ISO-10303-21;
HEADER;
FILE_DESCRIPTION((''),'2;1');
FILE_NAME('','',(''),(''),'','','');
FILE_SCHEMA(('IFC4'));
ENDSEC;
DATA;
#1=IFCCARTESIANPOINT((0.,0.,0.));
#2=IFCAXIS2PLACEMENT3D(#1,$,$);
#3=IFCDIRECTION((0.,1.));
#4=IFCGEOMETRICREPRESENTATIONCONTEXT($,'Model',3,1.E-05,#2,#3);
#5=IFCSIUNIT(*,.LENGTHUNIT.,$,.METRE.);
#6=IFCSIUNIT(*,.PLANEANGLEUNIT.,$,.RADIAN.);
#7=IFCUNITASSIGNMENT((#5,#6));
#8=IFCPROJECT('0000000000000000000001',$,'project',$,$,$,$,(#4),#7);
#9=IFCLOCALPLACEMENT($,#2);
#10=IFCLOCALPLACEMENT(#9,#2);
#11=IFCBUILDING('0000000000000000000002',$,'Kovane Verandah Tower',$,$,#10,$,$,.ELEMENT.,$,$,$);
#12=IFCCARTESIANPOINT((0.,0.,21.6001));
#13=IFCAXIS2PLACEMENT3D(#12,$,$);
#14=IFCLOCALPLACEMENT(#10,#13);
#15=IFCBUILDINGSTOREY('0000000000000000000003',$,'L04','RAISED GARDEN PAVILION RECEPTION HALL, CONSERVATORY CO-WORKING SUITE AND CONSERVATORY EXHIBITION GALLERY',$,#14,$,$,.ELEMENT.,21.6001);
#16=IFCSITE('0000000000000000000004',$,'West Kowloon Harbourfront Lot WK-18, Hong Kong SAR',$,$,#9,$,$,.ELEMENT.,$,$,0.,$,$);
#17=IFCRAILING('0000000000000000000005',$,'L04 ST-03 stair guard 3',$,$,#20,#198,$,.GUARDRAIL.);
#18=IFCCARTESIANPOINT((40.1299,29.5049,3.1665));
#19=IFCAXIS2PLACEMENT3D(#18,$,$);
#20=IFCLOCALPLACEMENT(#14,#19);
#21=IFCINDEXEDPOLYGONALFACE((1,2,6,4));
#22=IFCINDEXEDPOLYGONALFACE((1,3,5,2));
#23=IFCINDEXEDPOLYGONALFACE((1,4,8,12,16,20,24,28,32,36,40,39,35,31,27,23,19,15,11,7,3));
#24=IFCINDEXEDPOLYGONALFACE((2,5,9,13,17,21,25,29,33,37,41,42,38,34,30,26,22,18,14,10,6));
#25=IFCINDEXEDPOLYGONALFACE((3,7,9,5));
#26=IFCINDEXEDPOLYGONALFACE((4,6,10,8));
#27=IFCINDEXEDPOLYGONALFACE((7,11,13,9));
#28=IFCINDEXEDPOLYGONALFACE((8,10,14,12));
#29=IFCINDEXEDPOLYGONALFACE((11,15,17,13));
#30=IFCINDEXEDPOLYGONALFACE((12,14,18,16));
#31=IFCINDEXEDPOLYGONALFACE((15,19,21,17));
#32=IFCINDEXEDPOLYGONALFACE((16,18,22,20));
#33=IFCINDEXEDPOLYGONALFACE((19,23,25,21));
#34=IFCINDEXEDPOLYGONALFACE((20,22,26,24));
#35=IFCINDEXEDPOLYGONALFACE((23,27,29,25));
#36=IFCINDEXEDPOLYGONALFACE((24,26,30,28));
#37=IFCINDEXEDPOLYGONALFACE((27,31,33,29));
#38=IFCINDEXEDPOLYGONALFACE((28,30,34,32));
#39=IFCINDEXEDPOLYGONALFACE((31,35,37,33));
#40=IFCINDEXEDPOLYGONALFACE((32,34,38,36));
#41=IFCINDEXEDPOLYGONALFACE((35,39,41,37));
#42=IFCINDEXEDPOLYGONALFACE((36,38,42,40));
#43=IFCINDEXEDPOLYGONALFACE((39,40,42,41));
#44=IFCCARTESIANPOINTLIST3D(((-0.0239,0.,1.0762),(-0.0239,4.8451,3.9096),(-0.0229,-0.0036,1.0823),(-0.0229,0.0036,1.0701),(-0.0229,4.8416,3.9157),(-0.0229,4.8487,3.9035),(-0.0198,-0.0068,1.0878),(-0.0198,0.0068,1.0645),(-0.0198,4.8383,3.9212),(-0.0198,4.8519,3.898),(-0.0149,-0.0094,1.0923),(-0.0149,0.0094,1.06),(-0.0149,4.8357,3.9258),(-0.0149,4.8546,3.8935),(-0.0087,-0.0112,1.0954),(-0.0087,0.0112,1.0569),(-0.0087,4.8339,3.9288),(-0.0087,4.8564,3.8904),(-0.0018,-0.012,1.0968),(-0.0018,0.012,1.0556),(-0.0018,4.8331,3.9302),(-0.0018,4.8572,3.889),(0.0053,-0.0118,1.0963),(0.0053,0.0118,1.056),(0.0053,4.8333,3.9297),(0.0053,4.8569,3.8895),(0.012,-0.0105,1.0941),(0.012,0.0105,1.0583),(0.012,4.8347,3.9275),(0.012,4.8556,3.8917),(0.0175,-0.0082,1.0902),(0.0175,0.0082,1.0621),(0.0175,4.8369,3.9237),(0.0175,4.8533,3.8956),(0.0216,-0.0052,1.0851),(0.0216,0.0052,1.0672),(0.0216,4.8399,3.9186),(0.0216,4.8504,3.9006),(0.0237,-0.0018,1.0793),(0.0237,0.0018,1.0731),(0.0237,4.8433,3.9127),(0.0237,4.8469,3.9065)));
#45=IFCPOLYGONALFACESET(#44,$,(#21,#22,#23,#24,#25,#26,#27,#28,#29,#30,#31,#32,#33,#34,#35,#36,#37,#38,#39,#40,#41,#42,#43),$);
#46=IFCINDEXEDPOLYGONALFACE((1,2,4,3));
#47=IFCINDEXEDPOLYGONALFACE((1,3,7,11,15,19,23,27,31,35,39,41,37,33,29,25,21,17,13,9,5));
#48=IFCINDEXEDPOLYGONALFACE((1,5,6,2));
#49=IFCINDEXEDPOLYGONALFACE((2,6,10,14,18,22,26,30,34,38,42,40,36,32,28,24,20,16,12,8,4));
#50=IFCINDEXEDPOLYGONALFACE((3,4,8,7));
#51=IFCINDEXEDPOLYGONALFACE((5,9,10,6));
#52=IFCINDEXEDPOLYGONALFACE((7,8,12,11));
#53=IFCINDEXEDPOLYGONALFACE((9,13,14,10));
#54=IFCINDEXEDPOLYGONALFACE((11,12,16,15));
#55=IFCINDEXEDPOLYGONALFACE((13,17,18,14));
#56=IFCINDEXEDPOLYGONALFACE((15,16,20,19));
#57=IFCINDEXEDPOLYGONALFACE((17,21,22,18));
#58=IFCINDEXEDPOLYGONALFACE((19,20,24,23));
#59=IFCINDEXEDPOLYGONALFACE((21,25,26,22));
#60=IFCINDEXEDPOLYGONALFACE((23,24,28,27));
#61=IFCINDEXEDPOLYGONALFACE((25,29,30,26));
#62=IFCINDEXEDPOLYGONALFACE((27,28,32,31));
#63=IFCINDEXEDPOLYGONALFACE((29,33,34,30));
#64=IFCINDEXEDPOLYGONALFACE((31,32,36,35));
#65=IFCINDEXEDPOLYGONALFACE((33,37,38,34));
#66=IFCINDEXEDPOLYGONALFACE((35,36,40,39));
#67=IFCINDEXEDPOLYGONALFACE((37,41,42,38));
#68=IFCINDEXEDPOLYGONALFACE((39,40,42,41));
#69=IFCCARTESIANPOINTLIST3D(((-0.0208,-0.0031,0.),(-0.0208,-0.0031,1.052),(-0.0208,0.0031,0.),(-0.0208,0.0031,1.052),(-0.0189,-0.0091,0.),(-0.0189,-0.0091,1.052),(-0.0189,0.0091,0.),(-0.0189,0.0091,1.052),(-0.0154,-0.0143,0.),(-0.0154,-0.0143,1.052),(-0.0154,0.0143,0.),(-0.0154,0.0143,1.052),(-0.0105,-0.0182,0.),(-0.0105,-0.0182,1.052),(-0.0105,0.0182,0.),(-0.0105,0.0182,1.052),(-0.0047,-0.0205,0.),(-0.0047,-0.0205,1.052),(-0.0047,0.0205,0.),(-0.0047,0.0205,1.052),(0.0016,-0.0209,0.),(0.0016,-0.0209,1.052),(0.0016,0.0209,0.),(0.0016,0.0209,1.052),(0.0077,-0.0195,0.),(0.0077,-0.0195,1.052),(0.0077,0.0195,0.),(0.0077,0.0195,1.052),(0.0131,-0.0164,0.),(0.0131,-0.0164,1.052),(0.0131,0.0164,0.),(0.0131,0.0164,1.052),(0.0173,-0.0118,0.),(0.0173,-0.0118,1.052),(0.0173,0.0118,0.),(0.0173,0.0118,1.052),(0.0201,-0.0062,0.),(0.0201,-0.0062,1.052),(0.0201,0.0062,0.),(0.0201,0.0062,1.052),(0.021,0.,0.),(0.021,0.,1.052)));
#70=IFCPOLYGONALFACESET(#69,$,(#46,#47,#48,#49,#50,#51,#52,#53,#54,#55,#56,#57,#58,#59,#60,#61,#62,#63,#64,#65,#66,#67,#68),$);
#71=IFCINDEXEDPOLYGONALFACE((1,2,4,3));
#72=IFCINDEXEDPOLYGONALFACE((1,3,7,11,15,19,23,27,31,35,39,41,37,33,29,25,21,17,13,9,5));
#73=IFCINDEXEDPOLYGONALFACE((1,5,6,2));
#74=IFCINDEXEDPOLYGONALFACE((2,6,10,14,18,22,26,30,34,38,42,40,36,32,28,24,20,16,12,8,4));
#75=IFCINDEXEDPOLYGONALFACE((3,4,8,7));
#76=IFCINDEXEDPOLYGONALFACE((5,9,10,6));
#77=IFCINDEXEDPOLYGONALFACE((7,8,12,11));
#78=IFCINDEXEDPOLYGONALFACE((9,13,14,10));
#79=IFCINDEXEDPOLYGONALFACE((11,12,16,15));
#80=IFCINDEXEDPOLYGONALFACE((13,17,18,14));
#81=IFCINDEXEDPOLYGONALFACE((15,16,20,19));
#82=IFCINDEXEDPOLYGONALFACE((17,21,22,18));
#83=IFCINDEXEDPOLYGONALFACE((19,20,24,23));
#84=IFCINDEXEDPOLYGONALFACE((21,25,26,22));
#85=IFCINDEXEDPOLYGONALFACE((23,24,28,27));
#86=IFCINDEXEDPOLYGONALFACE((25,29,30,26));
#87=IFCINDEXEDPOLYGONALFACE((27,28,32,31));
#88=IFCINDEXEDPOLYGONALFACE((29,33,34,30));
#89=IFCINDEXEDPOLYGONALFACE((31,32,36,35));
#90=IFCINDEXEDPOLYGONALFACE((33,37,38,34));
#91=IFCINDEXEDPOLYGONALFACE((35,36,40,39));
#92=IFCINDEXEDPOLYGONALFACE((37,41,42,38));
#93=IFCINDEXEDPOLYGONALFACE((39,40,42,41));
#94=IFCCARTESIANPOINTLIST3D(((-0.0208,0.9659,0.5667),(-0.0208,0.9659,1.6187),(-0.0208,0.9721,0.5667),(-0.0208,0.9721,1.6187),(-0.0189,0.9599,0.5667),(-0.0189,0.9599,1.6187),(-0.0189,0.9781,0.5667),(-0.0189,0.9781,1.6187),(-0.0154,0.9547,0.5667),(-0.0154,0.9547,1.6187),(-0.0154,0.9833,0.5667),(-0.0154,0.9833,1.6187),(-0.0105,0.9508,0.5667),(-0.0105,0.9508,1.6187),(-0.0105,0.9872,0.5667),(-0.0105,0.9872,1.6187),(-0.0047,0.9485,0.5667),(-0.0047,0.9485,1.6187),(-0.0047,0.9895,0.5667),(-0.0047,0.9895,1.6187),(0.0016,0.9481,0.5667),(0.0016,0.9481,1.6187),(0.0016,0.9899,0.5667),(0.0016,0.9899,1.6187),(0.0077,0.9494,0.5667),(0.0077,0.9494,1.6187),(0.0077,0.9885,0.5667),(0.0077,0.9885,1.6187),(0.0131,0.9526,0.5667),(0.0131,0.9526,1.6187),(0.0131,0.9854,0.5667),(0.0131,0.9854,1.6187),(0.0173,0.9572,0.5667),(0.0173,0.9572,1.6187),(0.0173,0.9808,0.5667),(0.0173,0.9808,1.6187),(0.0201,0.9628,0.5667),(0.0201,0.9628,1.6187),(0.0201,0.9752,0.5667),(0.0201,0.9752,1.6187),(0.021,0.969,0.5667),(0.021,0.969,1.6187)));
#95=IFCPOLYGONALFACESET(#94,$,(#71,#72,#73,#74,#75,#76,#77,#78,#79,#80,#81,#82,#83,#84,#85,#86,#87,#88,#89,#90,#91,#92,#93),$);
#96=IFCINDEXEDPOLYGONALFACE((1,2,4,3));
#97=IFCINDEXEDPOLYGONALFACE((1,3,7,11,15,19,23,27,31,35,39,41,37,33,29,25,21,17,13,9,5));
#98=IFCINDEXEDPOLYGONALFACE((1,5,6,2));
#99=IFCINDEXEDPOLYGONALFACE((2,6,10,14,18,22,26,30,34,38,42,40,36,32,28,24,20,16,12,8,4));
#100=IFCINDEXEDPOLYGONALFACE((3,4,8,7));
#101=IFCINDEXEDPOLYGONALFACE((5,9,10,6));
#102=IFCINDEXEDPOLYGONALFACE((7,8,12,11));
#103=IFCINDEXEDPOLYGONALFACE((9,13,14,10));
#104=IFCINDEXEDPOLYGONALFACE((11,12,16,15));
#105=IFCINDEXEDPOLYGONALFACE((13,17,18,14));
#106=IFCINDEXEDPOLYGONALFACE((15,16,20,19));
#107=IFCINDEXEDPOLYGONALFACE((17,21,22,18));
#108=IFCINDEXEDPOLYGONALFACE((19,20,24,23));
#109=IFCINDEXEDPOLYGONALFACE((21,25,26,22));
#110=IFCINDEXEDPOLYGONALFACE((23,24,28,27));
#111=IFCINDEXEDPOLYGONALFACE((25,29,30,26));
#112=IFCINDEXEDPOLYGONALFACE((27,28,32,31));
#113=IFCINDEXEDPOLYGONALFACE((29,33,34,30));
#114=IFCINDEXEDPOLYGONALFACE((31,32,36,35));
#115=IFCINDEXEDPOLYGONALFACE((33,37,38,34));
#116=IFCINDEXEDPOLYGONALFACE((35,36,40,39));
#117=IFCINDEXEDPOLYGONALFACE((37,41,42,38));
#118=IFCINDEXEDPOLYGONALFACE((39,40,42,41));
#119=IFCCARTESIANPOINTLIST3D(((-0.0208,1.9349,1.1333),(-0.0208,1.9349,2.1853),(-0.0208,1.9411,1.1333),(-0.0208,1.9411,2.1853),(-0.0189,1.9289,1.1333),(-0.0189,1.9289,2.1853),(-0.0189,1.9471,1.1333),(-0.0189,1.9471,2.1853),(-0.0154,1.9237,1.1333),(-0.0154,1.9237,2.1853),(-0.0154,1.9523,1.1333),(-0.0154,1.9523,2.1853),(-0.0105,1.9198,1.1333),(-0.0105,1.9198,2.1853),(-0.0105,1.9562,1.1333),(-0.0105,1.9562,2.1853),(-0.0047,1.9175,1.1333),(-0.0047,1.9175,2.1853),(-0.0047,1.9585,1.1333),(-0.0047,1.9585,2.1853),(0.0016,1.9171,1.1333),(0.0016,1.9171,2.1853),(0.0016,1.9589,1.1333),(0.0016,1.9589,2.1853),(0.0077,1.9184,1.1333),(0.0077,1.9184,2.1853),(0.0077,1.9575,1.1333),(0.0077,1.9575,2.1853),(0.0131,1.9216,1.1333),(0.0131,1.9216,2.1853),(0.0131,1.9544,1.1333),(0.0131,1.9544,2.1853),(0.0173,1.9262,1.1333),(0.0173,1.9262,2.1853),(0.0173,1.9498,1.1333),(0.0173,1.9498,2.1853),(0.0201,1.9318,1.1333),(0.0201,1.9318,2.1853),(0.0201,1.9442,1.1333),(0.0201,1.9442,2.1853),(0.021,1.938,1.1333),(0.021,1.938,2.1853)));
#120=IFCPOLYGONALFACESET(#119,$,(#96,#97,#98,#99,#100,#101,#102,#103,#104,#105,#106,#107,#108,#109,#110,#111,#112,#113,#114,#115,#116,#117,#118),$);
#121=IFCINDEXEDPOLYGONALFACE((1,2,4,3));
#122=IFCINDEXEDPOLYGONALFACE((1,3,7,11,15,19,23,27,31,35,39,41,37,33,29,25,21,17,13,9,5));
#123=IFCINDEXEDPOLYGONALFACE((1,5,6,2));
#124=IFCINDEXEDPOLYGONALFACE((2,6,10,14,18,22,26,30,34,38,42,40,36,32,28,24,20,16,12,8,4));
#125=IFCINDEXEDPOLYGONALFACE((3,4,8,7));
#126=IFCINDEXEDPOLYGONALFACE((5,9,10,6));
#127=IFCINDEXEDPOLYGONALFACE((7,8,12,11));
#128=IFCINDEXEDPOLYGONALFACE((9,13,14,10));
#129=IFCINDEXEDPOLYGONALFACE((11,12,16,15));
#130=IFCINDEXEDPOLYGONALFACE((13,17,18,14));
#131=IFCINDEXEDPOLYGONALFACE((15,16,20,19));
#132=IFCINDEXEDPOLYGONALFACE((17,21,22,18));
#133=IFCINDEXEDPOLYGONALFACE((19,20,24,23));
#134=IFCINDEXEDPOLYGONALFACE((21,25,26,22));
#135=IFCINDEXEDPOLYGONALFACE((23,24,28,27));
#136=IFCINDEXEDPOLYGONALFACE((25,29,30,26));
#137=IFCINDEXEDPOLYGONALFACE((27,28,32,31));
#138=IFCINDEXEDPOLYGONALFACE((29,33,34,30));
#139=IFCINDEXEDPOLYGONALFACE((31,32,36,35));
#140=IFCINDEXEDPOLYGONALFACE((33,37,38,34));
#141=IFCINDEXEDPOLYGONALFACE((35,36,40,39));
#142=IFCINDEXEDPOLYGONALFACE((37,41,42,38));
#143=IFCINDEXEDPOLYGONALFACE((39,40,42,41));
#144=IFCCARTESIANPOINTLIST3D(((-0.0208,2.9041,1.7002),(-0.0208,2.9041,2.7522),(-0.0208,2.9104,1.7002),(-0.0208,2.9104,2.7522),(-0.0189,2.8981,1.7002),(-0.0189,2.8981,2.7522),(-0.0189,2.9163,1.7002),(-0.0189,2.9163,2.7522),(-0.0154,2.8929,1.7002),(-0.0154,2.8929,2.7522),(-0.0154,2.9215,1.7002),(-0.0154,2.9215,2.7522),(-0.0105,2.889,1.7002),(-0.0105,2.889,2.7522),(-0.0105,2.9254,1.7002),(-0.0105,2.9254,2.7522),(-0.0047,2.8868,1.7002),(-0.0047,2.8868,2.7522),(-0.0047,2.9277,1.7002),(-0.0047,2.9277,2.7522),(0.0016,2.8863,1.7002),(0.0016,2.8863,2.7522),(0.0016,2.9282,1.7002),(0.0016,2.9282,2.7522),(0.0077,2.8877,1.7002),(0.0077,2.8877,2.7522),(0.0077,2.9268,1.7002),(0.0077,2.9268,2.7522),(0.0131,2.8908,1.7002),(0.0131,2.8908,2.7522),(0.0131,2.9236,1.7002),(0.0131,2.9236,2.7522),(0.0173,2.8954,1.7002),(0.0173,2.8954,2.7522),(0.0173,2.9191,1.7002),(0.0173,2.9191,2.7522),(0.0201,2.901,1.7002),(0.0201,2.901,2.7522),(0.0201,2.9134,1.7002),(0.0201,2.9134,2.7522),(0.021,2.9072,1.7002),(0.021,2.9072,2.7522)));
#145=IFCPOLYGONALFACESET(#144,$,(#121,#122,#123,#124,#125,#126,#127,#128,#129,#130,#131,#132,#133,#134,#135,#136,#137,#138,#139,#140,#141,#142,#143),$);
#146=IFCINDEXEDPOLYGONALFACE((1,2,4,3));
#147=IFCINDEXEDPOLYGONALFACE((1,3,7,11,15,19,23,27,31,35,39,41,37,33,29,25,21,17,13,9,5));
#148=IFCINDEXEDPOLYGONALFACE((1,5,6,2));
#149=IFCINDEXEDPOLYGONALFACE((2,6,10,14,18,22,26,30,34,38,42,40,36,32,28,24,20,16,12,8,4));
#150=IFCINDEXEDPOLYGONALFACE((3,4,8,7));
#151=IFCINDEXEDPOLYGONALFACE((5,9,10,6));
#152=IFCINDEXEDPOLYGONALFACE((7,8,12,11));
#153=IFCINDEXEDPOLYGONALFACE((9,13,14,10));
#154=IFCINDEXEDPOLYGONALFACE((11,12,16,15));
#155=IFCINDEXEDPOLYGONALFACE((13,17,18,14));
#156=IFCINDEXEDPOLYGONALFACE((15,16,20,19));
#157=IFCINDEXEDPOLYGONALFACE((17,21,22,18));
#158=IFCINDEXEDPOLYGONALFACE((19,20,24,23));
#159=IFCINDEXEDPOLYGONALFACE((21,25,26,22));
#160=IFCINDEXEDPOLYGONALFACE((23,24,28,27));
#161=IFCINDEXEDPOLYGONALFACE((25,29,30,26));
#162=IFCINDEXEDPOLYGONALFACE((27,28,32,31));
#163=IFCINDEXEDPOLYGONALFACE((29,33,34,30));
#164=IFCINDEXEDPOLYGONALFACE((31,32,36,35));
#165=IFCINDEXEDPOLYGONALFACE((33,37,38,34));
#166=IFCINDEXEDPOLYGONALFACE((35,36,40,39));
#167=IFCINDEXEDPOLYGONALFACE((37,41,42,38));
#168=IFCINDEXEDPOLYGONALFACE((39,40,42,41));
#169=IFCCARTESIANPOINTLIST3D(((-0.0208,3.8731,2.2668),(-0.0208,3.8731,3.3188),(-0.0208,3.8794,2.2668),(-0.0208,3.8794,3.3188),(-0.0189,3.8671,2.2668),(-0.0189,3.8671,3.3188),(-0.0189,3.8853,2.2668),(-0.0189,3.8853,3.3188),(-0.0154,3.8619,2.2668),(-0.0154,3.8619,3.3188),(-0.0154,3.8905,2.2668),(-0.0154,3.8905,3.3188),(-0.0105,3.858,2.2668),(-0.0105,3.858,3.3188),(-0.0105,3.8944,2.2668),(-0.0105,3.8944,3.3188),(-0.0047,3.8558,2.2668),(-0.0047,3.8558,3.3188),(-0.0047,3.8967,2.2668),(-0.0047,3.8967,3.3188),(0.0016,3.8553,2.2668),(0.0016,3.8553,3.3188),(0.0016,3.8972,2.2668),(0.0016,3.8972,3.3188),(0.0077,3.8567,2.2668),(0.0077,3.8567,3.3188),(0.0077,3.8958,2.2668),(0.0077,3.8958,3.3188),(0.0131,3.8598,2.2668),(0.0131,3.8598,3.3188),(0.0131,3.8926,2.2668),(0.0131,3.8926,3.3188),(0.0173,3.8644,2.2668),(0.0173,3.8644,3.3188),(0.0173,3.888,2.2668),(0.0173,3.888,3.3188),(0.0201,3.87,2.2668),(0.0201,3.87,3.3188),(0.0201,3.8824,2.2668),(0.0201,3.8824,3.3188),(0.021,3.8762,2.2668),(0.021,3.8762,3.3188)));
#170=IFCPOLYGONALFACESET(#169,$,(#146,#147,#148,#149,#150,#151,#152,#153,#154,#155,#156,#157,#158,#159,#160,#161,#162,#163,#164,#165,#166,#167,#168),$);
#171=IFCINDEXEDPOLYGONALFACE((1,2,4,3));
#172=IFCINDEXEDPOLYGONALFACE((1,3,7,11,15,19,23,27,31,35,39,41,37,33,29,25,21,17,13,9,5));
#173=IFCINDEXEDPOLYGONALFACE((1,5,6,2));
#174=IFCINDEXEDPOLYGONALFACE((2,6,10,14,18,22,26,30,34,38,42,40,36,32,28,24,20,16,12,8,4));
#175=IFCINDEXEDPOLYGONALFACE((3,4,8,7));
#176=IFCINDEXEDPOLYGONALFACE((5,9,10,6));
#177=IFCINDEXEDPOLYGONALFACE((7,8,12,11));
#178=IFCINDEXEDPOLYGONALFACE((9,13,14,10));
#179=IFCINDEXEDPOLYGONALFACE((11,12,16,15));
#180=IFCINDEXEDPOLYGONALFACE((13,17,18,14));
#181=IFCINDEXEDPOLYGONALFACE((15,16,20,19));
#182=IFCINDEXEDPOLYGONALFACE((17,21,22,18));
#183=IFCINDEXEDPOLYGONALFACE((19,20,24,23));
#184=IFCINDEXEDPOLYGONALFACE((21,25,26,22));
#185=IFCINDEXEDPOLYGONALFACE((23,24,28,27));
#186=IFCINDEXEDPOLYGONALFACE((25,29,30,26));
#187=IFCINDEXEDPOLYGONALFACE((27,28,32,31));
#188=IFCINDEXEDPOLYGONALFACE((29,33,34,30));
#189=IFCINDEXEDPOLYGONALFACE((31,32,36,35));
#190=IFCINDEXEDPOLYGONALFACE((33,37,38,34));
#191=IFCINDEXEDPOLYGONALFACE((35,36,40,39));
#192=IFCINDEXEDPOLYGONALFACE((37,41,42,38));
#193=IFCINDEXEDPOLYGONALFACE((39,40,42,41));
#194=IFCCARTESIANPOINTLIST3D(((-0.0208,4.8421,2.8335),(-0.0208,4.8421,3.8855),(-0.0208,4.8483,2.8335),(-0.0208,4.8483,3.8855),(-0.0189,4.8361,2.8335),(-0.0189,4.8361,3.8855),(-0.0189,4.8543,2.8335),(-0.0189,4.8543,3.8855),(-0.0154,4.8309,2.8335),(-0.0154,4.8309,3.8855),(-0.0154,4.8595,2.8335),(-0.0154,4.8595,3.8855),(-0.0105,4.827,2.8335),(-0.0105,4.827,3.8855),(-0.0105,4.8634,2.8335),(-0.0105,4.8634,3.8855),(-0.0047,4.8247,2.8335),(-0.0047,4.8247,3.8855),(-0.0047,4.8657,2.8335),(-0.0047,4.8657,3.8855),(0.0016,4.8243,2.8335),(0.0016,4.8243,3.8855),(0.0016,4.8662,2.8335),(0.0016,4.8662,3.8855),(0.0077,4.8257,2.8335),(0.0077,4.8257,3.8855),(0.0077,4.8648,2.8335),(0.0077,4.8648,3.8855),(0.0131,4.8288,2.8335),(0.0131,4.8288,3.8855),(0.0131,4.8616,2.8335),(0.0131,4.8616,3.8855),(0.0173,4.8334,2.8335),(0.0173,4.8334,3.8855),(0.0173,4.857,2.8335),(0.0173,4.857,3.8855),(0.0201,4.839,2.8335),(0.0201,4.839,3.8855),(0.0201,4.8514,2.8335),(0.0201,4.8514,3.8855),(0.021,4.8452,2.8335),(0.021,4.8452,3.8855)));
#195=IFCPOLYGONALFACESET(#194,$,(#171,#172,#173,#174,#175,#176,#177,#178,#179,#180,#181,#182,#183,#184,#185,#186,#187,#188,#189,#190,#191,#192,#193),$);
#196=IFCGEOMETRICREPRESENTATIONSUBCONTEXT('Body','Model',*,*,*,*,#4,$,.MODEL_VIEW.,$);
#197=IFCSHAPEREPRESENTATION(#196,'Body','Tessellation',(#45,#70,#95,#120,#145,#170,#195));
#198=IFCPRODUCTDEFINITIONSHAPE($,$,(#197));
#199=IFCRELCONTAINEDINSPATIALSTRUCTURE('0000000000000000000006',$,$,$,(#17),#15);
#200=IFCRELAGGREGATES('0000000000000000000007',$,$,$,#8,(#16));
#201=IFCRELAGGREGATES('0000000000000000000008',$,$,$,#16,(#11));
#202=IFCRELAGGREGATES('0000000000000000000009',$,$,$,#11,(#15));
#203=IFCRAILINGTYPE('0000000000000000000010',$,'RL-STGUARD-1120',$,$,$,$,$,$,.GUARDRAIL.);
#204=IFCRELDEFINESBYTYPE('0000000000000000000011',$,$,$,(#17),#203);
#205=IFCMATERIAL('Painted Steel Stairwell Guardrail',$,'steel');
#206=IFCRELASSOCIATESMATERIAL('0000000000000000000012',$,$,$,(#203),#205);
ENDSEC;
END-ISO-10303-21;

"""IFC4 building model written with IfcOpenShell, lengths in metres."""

from ifc_helpers import new_model, si_unit, direction, frame, origin, origin_2d, place, context, subcontext, project, spatial, circle, extrude, material, type_object, element, save


model = new_model("IFC4")

# Units and contexts
model_context = context("Model", 3, precision=1e-05, world=origin(), true_north=direction((0.0, 1.0)))
body_context = subcontext(model_context, "Body", "Model", "MODEL_VIEW")
ifc_project = project(units=[si_unit("LENGTHUNIT", "METRE"), si_unit("PLANEANGLEUNIT", "RADIAN")], contexts=[model_context])

# Site, building, storey
site_placement = place(None, origin())
site = spatial("IfcSite", under=ifc_project, at=site_placement, Name="West Kowloon Harbourfront Lot WK-18, Hong Kong SAR", CompositionType="ELEMENT", RefElevation=0.0)
building_placement = place(site_placement, origin())
building = spatial("IfcBuilding", under=site, at=building_placement, Name="Kovane Verandah Tower", CompositionType="ELEMENT")
storey_placement = place(building_placement, frame((0.0, 0.0, 21.6001)))
storey = spatial("IfcBuildingStorey", under=building, at=storey_placement, Name="L04", Description="RAISED GARDEN PAVILION RECEPTION HALL, CONSERVATORY CO-WORKING SUITE AND CONSERVATORY EXHIBITION GALLERY", CompositionType="ELEMENT", Elevation=21.6001)

# Railing
ifc_material_1 = material(Name="Painted Steel Stairwell Guardrail", Category="steel")
railing_type_1 = type_object("IfcRailingType", Name="RL-STGUARD-1120", PredefinedType="GUARDRAIL", material=ifc_material_1)
railing_1_placement = place(storey_placement, frame((40.1299, 29.5049, 3.1665)))
element("IfcRailing", 1, at=railing_1_placement, inside=storey, type_object=railing_type_1, Name="L04 ST-03 stair guard 3", PredefinedType="GUARDRAIL", context=body_context, shape_type="SweptSolid", body=[
    extrude(circle(Radius=0.0239, at=origin_2d()), frame((0.0, 0.0, 1.0762), z_axis=(0.0, 0.863226, 0.504817), x_axis=(-1.0, 0.0, 0.0)), (0.0, 0.0, 1.0), 5.6128),
    extrude(circle(Radius=0.021, at=origin_2d()), origin(), (0.0, 0.0, 1.0), 1.052),
    extrude(circle(Radius=0.021, at=origin_2d()), frame((0.0, 0.969, 0.5667)), (0.0, 0.0, 1.0), 1.052),
    extrude(circle(Radius=0.021, at=origin_2d()), frame((0.0, 1.938, 1.1333)), (0.0, 0.0, 1.0), 1.052),
    extrude(circle(Radius=0.021, at=origin_2d()), frame((0.0, 2.9072, 1.7002)), (0.0, 0.0, 1.0), 1.052),
    extrude(circle(Radius=0.021, at=origin_2d()), frame((0.0, 3.8762, 2.2668)), (0.0, 0.0, 1.0), 1.052),
    extrude(circle(Radius=0.021, at=origin_2d()), frame((0.0, 4.8452, 2.8335)), (0.0, 0.0, 1.0), 1.052),
])

save(model, "model.ifc")
